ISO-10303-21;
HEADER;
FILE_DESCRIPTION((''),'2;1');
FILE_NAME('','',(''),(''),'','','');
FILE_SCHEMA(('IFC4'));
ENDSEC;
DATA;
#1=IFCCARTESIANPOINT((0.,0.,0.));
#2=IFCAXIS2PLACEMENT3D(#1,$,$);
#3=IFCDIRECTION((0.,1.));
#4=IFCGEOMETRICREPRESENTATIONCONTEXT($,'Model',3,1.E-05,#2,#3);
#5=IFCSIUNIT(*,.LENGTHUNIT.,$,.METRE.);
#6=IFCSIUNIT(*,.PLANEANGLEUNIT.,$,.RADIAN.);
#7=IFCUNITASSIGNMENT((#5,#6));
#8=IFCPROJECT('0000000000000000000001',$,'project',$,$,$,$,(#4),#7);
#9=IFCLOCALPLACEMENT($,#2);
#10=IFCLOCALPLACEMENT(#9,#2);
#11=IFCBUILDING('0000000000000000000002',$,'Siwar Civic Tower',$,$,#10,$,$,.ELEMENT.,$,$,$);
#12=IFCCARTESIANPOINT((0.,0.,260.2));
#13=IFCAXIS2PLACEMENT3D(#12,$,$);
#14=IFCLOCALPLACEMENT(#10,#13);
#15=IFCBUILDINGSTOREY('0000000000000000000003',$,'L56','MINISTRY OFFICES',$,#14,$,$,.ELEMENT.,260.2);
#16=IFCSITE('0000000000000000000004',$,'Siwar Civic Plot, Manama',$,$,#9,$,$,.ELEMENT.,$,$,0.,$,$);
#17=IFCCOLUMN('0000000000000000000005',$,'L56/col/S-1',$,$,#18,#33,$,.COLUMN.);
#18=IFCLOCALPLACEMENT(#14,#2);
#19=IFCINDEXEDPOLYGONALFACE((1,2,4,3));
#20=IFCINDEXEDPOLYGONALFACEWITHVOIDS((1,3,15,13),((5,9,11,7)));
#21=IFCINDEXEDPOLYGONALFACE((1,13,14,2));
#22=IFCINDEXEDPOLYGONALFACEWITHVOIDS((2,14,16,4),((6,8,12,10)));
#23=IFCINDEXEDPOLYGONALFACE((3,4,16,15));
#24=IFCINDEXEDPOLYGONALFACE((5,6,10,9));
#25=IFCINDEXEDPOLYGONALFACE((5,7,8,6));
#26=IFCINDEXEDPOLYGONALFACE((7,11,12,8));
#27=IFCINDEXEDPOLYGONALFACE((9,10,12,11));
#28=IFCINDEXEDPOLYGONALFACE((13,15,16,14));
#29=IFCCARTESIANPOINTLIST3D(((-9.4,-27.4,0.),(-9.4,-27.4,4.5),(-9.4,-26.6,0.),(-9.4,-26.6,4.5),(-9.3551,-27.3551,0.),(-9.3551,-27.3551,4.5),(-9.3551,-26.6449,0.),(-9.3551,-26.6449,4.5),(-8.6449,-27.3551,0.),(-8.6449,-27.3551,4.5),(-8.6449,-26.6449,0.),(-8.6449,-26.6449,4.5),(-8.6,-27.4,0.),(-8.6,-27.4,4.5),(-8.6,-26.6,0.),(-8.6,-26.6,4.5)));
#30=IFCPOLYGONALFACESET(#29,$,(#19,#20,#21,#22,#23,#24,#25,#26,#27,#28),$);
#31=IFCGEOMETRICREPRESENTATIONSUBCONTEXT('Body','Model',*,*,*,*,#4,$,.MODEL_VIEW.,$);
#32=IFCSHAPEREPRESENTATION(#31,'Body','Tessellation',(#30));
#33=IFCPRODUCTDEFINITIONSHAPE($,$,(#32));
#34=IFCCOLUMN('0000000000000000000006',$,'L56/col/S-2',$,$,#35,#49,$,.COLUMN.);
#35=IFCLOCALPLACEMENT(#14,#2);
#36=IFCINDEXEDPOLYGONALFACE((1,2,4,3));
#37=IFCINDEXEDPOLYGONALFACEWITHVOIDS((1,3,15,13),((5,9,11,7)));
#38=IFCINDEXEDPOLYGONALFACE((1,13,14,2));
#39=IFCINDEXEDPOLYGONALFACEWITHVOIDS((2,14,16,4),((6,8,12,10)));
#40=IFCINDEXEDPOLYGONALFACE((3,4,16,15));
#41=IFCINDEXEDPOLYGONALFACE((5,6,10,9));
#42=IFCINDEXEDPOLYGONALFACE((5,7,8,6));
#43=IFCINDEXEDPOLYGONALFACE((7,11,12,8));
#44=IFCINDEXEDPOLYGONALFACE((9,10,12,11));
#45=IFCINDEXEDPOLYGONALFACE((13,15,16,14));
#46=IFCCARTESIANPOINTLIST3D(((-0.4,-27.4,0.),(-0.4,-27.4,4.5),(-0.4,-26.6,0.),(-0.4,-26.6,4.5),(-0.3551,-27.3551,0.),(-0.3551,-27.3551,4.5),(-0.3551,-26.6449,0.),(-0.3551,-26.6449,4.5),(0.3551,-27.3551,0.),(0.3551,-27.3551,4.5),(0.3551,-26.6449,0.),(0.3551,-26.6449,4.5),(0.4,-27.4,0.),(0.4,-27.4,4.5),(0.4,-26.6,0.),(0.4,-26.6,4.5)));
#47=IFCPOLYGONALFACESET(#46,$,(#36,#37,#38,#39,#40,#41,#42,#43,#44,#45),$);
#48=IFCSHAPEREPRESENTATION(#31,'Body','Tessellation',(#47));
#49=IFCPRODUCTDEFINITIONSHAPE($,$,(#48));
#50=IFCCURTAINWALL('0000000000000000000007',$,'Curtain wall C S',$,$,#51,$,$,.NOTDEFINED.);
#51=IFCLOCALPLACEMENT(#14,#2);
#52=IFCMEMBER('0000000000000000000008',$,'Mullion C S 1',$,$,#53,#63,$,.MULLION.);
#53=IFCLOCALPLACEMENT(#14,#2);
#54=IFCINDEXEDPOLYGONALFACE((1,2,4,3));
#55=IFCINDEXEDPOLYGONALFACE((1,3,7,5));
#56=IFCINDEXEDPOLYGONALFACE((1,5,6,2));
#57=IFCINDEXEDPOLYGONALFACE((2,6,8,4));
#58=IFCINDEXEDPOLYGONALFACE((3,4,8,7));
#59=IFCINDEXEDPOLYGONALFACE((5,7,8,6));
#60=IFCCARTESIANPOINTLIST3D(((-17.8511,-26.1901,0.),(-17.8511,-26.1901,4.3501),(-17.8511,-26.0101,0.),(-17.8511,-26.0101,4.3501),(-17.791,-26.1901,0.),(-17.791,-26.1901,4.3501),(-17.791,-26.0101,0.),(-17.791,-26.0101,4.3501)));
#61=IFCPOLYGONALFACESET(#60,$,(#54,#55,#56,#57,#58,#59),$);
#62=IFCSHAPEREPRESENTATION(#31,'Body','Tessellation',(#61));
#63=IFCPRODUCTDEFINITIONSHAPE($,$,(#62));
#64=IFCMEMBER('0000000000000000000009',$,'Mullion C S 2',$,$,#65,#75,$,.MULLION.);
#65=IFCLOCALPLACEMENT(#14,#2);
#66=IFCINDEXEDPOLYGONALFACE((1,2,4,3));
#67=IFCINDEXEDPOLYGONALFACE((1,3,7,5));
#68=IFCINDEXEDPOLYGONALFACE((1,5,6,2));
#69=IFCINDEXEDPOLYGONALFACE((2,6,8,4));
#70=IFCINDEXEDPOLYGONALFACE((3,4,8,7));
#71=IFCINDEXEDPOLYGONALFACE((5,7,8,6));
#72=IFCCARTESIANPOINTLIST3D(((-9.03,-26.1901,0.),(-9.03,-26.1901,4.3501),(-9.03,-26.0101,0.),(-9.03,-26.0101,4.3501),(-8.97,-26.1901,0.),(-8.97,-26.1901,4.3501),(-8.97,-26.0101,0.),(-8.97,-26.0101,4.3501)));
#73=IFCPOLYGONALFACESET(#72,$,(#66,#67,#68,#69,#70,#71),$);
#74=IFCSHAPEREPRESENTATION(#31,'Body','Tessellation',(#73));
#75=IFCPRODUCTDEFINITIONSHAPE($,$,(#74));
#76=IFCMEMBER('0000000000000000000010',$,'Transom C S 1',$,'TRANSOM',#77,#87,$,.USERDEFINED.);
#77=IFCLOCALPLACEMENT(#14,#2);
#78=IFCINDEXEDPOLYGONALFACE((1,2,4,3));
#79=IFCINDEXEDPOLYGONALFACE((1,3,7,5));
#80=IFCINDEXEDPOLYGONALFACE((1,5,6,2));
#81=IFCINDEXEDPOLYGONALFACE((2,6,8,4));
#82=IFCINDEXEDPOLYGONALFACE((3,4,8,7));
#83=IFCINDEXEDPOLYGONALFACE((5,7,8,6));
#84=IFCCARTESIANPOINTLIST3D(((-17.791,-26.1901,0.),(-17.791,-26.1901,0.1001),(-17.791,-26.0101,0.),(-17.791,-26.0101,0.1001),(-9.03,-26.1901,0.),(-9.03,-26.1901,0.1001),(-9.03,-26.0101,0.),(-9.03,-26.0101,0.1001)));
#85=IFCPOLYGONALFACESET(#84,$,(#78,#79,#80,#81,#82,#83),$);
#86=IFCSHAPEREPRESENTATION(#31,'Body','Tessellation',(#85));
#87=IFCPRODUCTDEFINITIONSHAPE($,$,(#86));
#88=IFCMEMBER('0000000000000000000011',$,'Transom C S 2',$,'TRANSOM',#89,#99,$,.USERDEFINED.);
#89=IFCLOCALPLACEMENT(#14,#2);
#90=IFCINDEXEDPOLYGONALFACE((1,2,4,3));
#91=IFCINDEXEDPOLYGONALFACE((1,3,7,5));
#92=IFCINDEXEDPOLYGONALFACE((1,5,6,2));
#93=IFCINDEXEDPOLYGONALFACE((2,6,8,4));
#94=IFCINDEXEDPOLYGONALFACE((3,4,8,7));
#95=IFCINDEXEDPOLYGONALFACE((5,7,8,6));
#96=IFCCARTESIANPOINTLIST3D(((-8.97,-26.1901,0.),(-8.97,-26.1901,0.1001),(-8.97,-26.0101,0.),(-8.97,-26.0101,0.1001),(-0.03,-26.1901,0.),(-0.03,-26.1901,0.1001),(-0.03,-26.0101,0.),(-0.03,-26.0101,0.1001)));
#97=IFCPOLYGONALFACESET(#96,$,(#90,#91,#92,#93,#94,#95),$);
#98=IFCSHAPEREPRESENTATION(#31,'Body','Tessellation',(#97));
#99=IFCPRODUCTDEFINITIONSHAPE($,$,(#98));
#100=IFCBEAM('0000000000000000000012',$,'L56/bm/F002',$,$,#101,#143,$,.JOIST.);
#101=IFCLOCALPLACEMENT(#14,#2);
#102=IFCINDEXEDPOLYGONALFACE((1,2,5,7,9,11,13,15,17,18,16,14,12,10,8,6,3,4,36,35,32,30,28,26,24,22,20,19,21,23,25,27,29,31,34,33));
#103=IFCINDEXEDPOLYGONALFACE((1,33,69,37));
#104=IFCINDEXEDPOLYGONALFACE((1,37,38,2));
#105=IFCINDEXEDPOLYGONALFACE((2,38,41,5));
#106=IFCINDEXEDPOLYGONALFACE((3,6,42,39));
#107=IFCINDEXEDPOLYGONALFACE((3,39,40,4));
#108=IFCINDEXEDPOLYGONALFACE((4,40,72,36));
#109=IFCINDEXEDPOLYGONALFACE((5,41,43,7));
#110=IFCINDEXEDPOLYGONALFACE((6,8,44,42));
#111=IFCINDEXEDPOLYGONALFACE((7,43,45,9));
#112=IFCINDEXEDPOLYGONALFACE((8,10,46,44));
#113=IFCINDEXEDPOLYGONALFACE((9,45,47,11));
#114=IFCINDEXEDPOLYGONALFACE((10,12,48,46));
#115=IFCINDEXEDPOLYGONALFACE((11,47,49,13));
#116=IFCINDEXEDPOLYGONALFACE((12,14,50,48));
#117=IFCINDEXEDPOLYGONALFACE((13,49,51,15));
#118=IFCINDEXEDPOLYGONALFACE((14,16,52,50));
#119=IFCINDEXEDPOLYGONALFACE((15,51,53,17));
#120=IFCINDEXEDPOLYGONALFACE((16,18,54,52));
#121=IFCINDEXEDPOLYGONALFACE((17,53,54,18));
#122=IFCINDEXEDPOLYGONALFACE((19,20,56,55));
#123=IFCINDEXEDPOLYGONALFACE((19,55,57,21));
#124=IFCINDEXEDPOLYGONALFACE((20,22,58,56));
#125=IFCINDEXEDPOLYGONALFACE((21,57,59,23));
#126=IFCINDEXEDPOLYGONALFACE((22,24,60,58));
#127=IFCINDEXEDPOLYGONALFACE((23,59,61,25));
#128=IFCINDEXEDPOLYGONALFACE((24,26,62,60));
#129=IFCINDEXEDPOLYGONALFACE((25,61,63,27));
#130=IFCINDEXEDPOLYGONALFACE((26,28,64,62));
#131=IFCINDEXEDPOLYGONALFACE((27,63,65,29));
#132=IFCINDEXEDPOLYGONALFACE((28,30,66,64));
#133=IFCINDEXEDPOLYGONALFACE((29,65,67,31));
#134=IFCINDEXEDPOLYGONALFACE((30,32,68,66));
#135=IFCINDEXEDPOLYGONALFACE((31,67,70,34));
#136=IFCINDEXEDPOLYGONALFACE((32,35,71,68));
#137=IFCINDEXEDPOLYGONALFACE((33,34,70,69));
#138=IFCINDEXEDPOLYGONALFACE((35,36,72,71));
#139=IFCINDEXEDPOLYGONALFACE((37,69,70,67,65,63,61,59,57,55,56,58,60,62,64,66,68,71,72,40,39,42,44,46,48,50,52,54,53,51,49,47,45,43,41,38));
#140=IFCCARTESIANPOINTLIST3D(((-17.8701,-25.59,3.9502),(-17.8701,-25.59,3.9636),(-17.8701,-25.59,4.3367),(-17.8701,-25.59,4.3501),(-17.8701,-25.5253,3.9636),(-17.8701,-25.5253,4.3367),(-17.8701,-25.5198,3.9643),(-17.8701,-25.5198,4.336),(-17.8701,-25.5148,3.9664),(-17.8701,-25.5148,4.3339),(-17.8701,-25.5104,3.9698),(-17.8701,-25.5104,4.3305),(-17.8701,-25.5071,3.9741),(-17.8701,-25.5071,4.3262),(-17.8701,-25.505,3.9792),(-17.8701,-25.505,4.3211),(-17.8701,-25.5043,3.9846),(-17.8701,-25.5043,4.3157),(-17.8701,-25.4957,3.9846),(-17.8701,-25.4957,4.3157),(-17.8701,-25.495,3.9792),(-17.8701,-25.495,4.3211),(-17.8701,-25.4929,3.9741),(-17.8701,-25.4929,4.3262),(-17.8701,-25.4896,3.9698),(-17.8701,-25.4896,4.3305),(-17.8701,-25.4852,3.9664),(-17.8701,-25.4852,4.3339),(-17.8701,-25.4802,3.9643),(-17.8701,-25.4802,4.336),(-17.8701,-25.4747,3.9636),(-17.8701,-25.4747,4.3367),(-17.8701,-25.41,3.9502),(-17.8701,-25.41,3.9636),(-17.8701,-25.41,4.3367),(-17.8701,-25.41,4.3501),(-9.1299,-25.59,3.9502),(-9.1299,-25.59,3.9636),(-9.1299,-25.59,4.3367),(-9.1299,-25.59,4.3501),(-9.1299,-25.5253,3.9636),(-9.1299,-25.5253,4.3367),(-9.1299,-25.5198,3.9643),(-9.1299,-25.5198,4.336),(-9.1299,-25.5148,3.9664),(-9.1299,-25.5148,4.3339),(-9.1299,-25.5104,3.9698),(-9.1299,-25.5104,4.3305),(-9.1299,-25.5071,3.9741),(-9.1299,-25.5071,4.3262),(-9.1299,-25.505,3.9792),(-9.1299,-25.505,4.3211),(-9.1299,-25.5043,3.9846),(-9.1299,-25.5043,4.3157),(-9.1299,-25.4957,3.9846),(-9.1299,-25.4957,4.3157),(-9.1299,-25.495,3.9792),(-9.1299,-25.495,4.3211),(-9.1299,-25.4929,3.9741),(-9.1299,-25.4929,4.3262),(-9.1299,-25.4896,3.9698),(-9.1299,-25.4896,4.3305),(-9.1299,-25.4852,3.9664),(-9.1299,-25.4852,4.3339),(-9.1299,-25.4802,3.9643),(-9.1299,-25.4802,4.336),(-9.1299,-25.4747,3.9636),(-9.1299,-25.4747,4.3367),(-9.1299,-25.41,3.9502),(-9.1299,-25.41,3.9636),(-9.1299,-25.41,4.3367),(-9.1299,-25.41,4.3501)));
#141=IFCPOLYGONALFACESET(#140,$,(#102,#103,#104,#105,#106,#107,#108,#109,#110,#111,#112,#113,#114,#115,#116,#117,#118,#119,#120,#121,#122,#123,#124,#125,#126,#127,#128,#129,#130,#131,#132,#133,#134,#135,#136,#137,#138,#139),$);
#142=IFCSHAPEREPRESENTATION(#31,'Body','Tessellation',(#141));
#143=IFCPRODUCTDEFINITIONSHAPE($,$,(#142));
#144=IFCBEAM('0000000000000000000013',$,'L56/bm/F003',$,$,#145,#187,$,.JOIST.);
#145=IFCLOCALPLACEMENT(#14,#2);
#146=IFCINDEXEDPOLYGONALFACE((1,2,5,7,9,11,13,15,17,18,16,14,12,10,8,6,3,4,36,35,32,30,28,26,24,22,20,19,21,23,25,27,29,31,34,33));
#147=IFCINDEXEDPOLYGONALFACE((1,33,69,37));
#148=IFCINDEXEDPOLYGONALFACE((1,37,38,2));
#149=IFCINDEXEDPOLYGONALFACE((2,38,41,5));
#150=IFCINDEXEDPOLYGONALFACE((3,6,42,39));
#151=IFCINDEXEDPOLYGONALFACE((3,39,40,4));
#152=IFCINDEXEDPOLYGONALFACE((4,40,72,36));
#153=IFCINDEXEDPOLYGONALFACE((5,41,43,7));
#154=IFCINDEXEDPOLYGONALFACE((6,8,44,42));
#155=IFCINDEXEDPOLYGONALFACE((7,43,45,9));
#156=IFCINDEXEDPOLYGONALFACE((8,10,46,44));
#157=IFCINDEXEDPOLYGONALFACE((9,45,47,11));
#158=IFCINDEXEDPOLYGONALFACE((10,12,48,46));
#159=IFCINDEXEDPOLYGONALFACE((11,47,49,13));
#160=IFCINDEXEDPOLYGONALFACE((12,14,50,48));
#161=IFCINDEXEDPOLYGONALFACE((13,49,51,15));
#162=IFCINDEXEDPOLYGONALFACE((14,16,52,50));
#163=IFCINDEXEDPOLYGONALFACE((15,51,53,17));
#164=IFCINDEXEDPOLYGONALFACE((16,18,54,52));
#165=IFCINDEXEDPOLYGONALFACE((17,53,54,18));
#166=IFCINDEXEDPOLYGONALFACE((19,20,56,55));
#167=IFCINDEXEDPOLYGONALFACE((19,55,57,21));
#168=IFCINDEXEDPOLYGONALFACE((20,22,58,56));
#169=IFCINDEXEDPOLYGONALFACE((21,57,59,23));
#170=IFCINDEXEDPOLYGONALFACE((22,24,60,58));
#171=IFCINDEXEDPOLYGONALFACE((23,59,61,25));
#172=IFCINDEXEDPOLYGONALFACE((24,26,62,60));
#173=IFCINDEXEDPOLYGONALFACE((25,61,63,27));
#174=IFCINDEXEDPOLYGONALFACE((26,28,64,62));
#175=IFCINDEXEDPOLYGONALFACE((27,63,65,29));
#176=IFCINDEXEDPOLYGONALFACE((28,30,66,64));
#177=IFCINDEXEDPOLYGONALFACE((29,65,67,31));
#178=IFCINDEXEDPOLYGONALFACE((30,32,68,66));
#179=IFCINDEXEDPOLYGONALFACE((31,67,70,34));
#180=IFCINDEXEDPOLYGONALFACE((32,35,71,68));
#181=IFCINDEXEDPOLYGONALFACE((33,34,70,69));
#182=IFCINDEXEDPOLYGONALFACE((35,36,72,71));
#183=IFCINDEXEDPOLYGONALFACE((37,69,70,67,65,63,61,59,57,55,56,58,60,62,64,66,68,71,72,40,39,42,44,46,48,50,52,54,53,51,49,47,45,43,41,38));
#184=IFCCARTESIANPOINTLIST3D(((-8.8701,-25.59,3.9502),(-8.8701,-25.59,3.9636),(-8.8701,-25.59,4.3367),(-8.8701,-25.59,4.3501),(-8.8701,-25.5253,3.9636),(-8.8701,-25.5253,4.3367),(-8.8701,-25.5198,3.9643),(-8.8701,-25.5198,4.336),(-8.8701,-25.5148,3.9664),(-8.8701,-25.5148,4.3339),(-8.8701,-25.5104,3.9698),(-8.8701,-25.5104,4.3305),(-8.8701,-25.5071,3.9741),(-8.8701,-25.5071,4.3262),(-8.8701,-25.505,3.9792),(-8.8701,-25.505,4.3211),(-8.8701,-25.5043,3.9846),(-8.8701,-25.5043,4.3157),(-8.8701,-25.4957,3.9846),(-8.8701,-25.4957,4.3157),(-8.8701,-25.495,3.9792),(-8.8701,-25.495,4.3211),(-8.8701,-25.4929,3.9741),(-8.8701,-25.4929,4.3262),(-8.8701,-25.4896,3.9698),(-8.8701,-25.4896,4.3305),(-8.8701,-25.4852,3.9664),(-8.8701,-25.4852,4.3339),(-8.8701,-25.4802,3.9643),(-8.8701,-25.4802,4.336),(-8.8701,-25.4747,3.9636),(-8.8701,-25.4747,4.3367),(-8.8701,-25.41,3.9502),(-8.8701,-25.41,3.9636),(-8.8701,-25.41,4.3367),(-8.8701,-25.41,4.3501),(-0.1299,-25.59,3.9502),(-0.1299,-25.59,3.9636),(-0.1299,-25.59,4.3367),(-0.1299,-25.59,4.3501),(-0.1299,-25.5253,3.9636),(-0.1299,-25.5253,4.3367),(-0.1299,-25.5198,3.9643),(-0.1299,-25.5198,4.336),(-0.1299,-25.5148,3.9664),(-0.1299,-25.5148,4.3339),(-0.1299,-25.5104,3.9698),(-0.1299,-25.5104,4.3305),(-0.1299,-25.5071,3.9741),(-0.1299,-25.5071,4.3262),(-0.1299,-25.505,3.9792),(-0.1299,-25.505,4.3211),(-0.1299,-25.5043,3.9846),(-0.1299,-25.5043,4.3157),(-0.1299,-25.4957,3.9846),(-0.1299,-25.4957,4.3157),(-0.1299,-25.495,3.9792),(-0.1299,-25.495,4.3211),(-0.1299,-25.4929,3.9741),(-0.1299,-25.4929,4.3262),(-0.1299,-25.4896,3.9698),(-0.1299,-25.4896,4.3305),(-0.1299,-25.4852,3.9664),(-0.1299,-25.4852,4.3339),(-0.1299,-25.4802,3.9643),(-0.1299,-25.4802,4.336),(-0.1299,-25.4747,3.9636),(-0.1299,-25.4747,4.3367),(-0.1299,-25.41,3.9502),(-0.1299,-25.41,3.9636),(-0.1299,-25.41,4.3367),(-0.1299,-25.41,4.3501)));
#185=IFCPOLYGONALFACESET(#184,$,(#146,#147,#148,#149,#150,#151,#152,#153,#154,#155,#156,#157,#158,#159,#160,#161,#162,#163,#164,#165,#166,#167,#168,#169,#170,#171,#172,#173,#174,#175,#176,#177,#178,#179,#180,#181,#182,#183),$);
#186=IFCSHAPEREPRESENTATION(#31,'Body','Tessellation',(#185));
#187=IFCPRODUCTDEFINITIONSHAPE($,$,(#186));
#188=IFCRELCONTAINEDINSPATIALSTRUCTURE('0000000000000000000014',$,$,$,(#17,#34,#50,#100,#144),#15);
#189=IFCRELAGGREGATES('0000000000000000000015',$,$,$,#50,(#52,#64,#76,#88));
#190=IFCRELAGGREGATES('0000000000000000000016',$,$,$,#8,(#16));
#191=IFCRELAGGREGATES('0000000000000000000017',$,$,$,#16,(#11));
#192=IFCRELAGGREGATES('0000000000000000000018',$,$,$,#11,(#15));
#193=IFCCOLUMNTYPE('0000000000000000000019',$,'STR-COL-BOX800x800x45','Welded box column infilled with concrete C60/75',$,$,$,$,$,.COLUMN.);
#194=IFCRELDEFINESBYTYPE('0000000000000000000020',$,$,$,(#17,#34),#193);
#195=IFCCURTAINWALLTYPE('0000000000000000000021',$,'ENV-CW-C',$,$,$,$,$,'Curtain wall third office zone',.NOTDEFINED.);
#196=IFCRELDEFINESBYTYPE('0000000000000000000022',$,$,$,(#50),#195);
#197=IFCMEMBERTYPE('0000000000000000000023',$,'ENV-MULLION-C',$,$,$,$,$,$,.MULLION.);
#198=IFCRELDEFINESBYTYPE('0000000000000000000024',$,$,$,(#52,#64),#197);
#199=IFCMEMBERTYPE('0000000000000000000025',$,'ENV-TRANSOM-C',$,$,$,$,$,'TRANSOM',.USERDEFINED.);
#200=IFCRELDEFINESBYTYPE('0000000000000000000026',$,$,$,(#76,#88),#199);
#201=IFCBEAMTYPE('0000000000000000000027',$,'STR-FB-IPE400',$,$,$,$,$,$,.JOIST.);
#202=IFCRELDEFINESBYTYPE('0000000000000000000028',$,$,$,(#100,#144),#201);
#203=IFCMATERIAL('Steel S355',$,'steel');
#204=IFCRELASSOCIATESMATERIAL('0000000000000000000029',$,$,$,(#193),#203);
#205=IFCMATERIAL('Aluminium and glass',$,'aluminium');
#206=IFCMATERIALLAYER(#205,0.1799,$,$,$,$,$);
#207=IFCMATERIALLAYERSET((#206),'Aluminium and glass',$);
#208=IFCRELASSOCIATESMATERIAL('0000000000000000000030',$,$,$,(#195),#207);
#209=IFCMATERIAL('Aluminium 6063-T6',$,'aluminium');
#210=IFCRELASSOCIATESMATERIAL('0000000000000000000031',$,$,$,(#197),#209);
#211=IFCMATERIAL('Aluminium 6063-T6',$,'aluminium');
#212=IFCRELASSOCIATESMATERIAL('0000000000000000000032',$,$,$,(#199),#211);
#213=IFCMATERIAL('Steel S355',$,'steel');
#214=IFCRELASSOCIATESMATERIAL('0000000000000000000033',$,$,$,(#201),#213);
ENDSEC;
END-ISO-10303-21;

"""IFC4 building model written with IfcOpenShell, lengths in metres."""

from ifc_helpers import new_model, si_unit, direction, frame, origin, origin_2d, place, context, subcontext, project, spatial, rectangle, hollow_rectangle, i_section, extrude, material, layer, layer_set, material_profile, profile_set, type_object, element, aggregate, save


model = new_model("IFC4")

# Units and contexts
model_context = context("Model", 3, precision=1e-05, world=origin(), true_north=direction((0.0, 1.0)))
body_context = subcontext(model_context, "Body", "Model", "MODEL_VIEW")
ifc_project = project(units=[si_unit("LENGTHUNIT", "METRE"), si_unit("PLANEANGLEUNIT", "RADIAN")], contexts=[model_context])

# Site, building, storey
site_placement = place(None, origin())
site = spatial("IfcSite", under=ifc_project, at=site_placement, Name="Siwar Civic Plot, Manama", CompositionType="ELEMENT", RefElevation=0.0)
building_placement = place(site_placement, origin())
building = spatial("IfcBuilding", under=site, at=building_placement, Name="Siwar Civic Tower", CompositionType="ELEMENT")
storey_placement = place(building_placement, frame((0.0, 0.0, 260.2)))
storey = spatial("IfcBuildingStorey", under=building, at=storey_placement, Name="L56", Description="MINISTRY OFFICES", CompositionType="ELEMENT", Elevation=260.2)

# Columns
ifc_material_1 = material(Name="Steel S355", Category="steel")
ifc_material_profile_1 = material_profile(ifc_material_1, hollow_rectangle(XDim=0.8, YDim=0.8, WallThickness=0.0449, at=origin_2d()), Name="BOX800x800x45")
ifc_profile_set_1 = profile_set([ifc_material_profile_1], Name="Steel S355")
column_type = type_object("IfcColumnType", Name="STR-COL-BOX800x800x45", Description="Welded box column infilled with concrete C60/75", PredefinedType="COLUMN", material=ifc_profile_set_1)
for number, where, z_axis, x_axis, name in (
    (1, (-9.0, -27.0, 0.0), (0.0, 0.0, 1.0), (1.0, 0.0, 0.0), "L56/col/S-1"),
    (2, (0.0, -27.0, 0.0), (0.0, 0.0, 1.0), (1.0, 0.0, 0.0), "L56/col/S-2"),
):
    element("IfcColumn", number, at=place(storey_placement, frame(where, z_axis=z_axis, x_axis=x_axis)), inside=storey, type_object=column_type, Name=name, PredefinedType="COLUMN", context=body_context, shape_type="SweptSolid", body=[
        extrude(hollow_rectangle(XDim=0.8, YDim=0.8, WallThickness=0.0449, at=origin_2d()), origin(), (0.0, 0.0, 1.0), 4.5),
    ])

# Curtain wall, members
ifc_material_2 = material(Name="Aluminium and glass", Category="aluminium")
ifc_layer_1 = layer(ifc_material_2, 0.1799)
ifc_layer_set_1 = layer_set([ifc_layer_1], Name="Aluminium and glass")
curtain_wall_type = type_object("IfcCurtainWallType", Name="ENV-CW-C", ElementType="Curtain wall third office zone", PredefinedType="NOTDEFINED", material=ifc_layer_set_1)
curtain_wall_placement = place(storey_placement, origin())
curtain_wall = element("IfcCurtainWall", 3, at=curtain_wall_placement, inside=storey, type_object=curtain_wall_type, Name="Curtain wall C S", PredefinedType="NOTDEFINED")
ifc_material_3 = material(Name="Aluminium 6063-T6", Category="aluminium")
ifc_material_profile_2 = material_profile(ifc_material_3, rectangle(XDim=0.1799, YDim=0.0601, at=origin_2d()), Name="AL 180x60")
ifc_profile_set_2 = profile_set([ifc_material_profile_2], Name="Aluminium 6063-T6")
member_type_1 = type_object("IfcMemberType", Name="ENV-MULLION-C", PredefinedType="MULLION", material=ifc_profile_set_2)
member_1_placement = place(storey_placement, frame((-17.821, -26.1001, 0.0), z_axis=(0.0, 0.0, 1.0), x_axis=(0.0, 1.0, 0.0)))
member_1 = element("IfcMember", 4, at=member_1_placement, type_object=member_type_1, Name="Mullion C S 1", PredefinedType="MULLION", context=body_context, shape_type="SweptSolid", body=[
    extrude(rectangle(XDim=0.1799, YDim=0.0601, at=origin_2d()), origin(), (0.0, 0.0, 1.0), 4.3501),
])
member_2_placement = place(storey_placement, frame((-9.0, -26.1001, 0.0), z_axis=(0.0, 0.0, 1.0), x_axis=(0.0, 1.0, 0.0)))
member_2 = element("IfcMember", 5, at=member_2_placement, type_object=member_type_1, Name="Mullion C S 2", PredefinedType="MULLION", context=body_context, shape_type="SweptSolid", body=[
    extrude(rectangle(XDim=0.1799, YDim=0.0601, at=origin_2d()), origin(), (0.0, 0.0, 1.0), 4.3501),
])
ifc_material_4 = material(Name="Aluminium 6063-T6", Category="aluminium")
ifc_material_profile_3 = material_profile(ifc_material_4, rectangle(XDim=0.1799, YDim=0.1001, at=origin_2d()), Name="AL 180x100")
ifc_profile_set_3 = profile_set([ifc_material_profile_3], Name="Aluminium 6063-T6")
member_type_2 = type_object("IfcMemberType", Name="ENV-TRANSOM-C", ElementType="TRANSOM", PredefinedType="USERDEFINED", material=ifc_profile_set_3)
member_3_placement = place(storey_placement, frame((-17.791, -26.1001, 0.05), z_axis=(1.0, 0.0, 0.0), x_axis=(0.0, 1.0, 0.0)))
member_3 = element("IfcMember", 6, at=member_3_placement, type_object=member_type_2, Name="Transom C S 1", ObjectType="TRANSOM", PredefinedType="USERDEFINED", context=body_context, shape_type="SweptSolid", body=[
    extrude(rectangle(XDim=0.1799, YDim=0.1001, at=origin_2d()), origin(), (0.0, 0.0, 1.0), 8.761),
])
member_4_placement = place(storey_placement, frame((-8.97, -26.1001, 0.05), z_axis=(1.0, 0.0, 0.0), x_axis=(0.0, 1.0, 0.0)))
member_4 = element("IfcMember", 7, at=member_4_placement, type_object=member_type_2, Name="Transom C S 2", ObjectType="TRANSOM", PredefinedType="USERDEFINED", context=body_context, shape_type="SweptSolid", body=[
    extrude(rectangle(XDim=0.1799, YDim=0.1001, at=origin_2d()), origin(), (0.0, 0.0, 1.0), 8.9399),
])

# Beams
ifc_material_5 = material(Name="Steel S355", Category="steel")
ifc_material_profile_4 = material_profile(ifc_material_5, i_section(OverallWidth=0.1799, OverallDepth=0.3999, WebThickness=0.0085, FlangeThickness=0.0134, FilletRadius=0.021, at=origin_2d()), Name="IPE400")
ifc_profile_set_4 = profile_set([ifc_material_profile_4], Name="Steel S355")
beam_type_1 = type_object("IfcBeamType", Name="STR-FB-IPE400", PredefinedType="JOIST", material=ifc_profile_set_4)
for number, where, z_axis, x_axis, name in (
    (8, (-17.8701, -25.5, 4.1501), (1.0, 0.0, 0.0), (0.0, 1.0, 0.0), "L56/bm/F002"),
    (9, (-8.8701, -25.5, 4.1501), (1.0, 0.0, 0.0), (0.0, 1.0, 0.0), "L56/bm/F003"),
):
    element("IfcBeam", number, at=place(storey_placement, frame(where, z_axis=z_axis, x_axis=x_axis)), inside=storey, type_object=beam_type_1, Name=name, PredefinedType="JOIST", context=body_context, shape_type="SweptSolid", body=[
        extrude(i_section(OverallWidth=0.1799, OverallDepth=0.3999, WebThickness=0.0085, FlangeThickness=0.0134, FilletRadius=0.021, at=origin_2d()), origin(), (0.0, 0.0, 1.0), 8.7402),
    ])

aggregate(curtain_wall, [member_1, member_2, member_3, member_4])

save(model, "model.ifc")
